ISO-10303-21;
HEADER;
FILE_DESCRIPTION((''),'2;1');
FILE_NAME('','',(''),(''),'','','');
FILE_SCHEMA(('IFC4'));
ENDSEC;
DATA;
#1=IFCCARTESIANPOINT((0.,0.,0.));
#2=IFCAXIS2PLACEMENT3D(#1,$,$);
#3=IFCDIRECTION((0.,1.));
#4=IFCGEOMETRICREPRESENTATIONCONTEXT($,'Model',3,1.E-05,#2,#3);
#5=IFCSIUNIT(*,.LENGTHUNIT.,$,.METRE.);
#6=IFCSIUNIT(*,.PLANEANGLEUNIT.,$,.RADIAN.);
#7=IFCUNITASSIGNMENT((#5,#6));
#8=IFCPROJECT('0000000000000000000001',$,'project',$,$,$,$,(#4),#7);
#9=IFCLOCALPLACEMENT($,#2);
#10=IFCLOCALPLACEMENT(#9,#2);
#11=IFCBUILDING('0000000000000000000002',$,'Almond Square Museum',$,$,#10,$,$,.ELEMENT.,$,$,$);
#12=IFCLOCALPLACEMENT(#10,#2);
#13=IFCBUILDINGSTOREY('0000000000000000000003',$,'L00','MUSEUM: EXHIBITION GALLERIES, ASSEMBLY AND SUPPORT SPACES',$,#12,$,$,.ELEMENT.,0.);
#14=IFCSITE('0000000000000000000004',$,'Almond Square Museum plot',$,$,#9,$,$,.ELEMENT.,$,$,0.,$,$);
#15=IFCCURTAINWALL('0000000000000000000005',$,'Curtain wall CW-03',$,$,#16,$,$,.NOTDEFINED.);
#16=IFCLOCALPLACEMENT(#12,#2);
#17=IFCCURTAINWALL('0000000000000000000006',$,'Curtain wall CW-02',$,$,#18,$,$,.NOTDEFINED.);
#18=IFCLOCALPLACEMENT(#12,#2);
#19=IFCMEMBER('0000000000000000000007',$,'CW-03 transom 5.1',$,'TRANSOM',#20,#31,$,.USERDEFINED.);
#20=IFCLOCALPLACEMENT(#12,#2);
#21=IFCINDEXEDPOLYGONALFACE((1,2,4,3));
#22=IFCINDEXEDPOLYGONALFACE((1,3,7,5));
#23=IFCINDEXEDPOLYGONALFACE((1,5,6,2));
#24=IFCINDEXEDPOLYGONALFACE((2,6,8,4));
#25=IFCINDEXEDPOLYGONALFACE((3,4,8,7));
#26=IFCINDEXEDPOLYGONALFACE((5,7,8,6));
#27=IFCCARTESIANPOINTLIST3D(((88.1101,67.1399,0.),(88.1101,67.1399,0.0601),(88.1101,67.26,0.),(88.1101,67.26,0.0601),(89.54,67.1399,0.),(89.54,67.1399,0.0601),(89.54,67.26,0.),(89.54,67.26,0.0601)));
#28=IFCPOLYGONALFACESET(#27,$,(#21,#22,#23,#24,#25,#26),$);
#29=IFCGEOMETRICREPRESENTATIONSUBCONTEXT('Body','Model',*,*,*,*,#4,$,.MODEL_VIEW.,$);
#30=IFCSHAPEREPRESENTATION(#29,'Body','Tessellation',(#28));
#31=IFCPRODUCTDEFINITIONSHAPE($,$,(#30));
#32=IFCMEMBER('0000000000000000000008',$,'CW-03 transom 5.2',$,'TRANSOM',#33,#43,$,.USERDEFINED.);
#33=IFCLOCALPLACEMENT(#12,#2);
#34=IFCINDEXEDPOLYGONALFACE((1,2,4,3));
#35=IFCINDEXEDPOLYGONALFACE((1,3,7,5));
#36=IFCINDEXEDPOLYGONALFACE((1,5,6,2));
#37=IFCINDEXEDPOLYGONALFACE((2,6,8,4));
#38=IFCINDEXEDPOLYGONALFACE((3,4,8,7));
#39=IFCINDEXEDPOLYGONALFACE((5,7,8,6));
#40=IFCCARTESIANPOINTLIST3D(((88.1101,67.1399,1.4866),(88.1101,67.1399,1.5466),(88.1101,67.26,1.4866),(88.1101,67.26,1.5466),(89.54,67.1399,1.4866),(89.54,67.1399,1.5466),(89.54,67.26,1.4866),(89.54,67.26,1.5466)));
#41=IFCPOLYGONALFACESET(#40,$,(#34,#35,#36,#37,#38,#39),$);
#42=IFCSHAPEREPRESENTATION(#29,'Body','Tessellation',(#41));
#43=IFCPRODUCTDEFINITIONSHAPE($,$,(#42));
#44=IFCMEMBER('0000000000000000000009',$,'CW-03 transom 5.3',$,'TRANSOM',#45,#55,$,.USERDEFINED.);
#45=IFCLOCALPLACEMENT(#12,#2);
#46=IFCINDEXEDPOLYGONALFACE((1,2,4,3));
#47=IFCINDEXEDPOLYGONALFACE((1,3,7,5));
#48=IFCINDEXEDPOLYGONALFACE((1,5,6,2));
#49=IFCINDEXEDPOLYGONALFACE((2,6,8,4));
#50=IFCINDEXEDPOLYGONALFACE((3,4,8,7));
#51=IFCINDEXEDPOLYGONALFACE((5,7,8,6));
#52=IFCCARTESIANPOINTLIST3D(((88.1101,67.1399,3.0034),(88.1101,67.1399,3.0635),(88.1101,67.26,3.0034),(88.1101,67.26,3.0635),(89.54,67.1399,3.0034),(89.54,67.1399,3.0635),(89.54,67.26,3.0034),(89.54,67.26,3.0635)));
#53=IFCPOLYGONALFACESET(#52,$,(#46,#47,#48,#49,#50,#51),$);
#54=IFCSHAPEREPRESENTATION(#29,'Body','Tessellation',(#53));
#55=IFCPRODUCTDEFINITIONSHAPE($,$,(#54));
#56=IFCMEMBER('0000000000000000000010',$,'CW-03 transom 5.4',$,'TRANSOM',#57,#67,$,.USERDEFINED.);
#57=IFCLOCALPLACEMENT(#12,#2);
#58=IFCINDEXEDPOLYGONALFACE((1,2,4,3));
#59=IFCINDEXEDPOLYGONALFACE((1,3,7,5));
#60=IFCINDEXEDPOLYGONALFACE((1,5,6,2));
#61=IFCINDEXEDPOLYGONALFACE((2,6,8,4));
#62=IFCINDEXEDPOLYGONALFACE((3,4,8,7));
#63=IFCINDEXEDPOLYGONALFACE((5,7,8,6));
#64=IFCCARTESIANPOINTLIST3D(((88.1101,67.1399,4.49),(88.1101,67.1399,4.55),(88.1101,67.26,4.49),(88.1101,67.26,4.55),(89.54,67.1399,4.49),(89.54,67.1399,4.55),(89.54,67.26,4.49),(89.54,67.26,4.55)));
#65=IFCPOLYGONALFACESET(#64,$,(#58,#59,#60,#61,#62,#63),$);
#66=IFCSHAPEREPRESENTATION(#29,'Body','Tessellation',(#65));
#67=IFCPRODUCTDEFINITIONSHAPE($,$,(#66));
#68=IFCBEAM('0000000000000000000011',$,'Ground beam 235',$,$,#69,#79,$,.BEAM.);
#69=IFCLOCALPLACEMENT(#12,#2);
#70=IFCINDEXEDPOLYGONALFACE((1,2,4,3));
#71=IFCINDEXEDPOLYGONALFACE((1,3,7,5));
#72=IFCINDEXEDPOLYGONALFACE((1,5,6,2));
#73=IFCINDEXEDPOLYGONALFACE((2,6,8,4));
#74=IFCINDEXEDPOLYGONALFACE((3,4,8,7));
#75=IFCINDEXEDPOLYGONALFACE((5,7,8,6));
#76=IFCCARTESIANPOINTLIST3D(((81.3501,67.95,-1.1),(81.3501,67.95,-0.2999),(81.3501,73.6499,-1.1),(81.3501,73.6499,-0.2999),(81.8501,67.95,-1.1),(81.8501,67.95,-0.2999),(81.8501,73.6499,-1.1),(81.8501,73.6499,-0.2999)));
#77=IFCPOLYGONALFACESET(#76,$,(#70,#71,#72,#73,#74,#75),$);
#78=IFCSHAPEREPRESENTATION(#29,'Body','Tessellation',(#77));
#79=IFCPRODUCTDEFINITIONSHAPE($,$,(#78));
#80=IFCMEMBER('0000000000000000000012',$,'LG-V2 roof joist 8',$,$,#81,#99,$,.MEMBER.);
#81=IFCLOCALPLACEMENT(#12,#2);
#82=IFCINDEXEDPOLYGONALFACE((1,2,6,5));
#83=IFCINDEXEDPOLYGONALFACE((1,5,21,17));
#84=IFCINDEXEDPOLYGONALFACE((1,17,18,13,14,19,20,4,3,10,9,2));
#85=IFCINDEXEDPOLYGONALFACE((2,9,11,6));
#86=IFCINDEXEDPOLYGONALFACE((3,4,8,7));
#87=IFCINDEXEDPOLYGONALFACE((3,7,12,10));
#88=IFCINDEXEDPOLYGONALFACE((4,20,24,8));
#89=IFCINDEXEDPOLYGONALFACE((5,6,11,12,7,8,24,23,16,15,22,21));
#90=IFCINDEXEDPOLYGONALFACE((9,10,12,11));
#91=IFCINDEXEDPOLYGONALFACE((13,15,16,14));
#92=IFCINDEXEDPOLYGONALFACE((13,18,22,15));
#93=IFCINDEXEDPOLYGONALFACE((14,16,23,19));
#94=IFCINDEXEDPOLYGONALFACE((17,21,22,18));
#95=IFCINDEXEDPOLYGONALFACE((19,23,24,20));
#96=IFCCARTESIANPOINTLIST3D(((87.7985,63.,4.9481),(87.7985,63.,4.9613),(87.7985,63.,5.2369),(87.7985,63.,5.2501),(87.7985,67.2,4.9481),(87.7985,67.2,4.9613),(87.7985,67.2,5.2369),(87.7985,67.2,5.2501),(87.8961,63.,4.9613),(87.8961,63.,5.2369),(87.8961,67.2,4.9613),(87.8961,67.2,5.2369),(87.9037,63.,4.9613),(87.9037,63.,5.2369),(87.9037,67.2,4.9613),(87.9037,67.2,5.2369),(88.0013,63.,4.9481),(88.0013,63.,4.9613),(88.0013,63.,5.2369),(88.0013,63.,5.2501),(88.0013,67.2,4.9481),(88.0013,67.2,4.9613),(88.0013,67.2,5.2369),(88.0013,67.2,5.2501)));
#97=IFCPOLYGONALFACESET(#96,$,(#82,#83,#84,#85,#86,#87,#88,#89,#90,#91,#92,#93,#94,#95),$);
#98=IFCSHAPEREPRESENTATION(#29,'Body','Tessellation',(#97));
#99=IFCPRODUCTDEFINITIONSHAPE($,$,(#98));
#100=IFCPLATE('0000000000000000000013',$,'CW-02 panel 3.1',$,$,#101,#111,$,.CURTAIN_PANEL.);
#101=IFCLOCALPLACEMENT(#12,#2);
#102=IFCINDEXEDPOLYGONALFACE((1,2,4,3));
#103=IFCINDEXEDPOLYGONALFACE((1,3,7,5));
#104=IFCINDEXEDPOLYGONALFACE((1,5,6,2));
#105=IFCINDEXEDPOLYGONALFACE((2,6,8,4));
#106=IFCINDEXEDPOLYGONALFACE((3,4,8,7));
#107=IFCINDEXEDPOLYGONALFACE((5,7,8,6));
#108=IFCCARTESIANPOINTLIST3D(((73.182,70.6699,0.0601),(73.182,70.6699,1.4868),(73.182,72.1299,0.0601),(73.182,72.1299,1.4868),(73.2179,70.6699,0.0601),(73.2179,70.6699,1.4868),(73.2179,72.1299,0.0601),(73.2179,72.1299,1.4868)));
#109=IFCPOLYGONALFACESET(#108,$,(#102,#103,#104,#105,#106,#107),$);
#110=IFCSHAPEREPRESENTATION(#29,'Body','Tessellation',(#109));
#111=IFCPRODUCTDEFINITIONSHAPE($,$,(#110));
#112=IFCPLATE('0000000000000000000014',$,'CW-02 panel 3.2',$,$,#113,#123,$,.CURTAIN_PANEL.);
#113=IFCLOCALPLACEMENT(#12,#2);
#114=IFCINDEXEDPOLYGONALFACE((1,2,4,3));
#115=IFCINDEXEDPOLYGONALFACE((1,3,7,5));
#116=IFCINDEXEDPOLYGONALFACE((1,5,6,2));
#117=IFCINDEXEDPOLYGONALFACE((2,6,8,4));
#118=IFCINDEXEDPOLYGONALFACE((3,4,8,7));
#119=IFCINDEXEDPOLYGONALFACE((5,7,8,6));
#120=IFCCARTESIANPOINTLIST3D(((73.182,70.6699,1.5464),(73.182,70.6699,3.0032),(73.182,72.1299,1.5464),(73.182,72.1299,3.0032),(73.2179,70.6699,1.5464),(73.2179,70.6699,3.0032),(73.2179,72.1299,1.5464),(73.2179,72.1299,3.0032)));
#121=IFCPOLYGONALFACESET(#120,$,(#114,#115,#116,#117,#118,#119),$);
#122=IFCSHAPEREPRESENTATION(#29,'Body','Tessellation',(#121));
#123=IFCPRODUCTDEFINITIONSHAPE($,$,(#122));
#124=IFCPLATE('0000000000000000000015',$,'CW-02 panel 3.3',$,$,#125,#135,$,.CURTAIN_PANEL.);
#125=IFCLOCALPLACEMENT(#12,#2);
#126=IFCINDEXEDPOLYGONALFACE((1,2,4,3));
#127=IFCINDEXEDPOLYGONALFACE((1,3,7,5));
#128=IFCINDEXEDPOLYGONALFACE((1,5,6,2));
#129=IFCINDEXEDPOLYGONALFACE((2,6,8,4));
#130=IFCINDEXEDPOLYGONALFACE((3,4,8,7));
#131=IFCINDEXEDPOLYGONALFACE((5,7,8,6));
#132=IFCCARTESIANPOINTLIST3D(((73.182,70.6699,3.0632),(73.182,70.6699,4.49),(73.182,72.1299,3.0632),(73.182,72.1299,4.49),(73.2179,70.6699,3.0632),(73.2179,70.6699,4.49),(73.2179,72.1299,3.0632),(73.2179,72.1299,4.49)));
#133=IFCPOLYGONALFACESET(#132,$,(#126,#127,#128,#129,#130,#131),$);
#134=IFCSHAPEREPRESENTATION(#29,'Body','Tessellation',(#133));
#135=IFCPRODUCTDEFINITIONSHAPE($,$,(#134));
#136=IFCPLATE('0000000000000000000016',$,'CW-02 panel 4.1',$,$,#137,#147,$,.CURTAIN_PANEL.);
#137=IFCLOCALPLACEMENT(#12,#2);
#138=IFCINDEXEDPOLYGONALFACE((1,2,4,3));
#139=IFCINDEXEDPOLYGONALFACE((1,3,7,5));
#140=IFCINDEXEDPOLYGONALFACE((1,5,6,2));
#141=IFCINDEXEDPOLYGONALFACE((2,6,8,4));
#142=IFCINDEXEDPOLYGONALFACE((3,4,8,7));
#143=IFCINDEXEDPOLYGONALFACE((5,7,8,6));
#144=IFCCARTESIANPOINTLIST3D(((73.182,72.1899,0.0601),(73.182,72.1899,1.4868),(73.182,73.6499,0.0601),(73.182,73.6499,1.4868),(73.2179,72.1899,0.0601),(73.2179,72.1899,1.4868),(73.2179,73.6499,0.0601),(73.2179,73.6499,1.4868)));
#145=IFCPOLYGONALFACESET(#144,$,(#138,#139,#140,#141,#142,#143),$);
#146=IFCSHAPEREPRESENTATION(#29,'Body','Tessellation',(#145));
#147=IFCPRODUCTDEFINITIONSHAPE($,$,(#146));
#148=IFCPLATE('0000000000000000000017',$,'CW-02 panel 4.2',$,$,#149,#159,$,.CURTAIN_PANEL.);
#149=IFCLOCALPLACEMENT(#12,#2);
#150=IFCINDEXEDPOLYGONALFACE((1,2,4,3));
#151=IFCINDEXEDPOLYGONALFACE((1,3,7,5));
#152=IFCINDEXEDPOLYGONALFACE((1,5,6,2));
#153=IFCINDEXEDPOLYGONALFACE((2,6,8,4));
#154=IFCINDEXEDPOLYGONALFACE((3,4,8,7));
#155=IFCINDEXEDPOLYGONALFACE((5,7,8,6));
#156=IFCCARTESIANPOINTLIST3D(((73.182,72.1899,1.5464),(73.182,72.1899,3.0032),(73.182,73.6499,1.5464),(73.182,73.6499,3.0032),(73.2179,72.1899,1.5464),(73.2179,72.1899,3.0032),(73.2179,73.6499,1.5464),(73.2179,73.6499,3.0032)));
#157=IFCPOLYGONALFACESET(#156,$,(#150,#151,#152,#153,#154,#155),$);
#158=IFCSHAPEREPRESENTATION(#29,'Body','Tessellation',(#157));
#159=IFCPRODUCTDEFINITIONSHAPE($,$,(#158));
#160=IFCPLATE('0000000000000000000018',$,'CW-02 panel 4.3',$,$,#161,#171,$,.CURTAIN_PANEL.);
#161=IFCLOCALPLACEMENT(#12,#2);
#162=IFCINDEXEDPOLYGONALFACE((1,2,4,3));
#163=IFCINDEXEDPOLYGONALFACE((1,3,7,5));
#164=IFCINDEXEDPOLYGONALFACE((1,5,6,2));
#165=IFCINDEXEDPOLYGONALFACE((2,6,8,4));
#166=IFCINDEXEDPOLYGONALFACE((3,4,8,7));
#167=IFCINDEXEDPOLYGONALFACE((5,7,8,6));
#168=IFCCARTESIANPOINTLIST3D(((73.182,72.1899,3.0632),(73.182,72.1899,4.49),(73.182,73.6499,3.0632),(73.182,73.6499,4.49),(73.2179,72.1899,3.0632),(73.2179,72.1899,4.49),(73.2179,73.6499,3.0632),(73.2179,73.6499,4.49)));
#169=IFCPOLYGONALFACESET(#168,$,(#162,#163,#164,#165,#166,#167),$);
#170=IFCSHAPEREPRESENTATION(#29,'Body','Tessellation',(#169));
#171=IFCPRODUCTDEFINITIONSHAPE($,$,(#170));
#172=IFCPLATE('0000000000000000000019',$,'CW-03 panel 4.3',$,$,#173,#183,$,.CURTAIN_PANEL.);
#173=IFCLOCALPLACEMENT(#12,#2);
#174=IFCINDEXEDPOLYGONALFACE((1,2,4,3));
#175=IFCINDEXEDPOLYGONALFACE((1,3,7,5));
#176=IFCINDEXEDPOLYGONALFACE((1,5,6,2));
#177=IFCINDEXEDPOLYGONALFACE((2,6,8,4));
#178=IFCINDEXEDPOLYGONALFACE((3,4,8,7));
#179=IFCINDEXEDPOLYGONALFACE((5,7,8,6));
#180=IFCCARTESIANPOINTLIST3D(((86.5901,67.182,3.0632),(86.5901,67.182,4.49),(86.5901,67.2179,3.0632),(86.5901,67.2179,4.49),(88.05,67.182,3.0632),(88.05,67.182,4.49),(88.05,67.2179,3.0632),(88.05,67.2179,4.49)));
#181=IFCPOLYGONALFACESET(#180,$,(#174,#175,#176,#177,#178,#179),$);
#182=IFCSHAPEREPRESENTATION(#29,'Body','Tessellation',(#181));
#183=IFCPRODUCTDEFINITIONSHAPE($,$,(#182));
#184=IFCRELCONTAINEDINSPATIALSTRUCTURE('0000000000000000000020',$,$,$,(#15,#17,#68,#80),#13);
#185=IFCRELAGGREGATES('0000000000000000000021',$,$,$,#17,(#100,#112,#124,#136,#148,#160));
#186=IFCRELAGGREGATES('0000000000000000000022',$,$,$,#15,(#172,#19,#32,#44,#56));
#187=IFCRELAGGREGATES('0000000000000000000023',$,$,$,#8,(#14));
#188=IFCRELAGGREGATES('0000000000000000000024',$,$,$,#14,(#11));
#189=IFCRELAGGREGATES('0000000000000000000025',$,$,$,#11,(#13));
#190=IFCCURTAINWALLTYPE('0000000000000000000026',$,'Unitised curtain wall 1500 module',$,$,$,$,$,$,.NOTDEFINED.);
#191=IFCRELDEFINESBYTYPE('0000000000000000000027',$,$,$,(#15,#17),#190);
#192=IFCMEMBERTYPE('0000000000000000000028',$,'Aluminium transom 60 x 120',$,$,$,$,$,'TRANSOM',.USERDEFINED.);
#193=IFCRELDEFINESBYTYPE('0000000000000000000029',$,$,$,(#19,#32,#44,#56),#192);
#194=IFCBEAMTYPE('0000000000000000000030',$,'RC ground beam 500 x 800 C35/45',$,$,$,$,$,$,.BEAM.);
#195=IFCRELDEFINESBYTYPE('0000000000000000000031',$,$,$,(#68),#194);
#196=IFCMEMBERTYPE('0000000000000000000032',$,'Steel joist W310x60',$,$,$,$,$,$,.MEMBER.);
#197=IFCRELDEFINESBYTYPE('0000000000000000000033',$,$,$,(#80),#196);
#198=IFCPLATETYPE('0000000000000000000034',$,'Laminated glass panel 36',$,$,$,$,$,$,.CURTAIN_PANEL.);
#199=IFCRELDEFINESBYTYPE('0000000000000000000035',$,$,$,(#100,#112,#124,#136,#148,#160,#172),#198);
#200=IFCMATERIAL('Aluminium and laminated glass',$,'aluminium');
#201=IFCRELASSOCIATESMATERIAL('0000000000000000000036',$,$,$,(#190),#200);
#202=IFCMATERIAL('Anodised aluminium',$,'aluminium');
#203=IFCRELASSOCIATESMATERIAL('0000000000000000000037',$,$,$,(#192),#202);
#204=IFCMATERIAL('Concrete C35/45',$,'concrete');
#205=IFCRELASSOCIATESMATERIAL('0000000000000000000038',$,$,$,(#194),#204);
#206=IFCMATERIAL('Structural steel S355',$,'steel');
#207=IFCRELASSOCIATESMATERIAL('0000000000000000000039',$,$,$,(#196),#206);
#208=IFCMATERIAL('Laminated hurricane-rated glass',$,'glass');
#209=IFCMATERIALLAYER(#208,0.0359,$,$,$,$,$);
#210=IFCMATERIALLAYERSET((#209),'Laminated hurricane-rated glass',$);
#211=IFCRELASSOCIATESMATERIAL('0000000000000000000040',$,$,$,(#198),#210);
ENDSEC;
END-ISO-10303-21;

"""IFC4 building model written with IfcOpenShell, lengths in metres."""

from ifc_helpers import new_model, si_unit, direction, frame, origin, origin_2d, place, context, subcontext, project, spatial, rectangle, i_section, extrude, material, layer, layer_set, material_profile, profile_set, type_object, element, aggregate, save


model = new_model("IFC4")

# Units and contexts
model_context = context("Model", 3, precision=1e-05, world=origin(), true_north=direction((0.0, 1.0)))
body_context = subcontext(model_context, "Body", "Model", "MODEL_VIEW")
ifc_project = project(units=[si_unit("LENGTHUNIT", "METRE"), si_unit("PLANEANGLEUNIT", "RADIAN")], contexts=[model_context])

# Site, building, storey
site_placement = place(None, origin())
site = spatial("IfcSite", under=ifc_project, at=site_placement, Name="Almond Square Museum plot", CompositionType="ELEMENT", RefElevation=0.0)
building_placement = place(site_placement, origin())
building = spatial("IfcBuilding", under=site, at=building_placement, Name="Almond Square Museum", CompositionType="ELEMENT")
storey_placement = place(building_placement, origin())
storey = spatial("IfcBuildingStorey", under=building, at=storey_placement, Name="L00", Description="MUSEUM: EXHIBITION GALLERIES, ASSEMBLY AND SUPPORT SPACES", CompositionType="ELEMENT", Elevation=0.0)

# Curtain wall
ifc_material_1 = material(Name="Aluminium and laminated glass", Category="aluminium")
curtain_wall_type = type_object("IfcCurtainWallType", Name="Unitised curtain wall 1500 module", PredefinedType="NOTDEFINED", material=ifc_material_1)
curtain_wall_1_placement = place(storey_placement, origin())
curtain_wall_1 = element("IfcCurtainWall", 1, at=curtain_wall_1_placement, inside=storey, type_object=curtain_wall_type, Name="Curtain wall CW-03", PredefinedType="NOTDEFINED")

# Curtain wall
curtain_wall_2_placement = place(storey_placement, origin())
curtain_wall_2 = element("IfcCurtainWall", 2, at=curtain_wall_2_placement, inside=storey, type_object=curtain_wall_type, Name="Curtain wall CW-02", PredefinedType="NOTDEFINED")
ifc_material_2 = material(Name="Anodised aluminium", Category="aluminium")
ifc_material_profile_1 = material_profile(ifc_material_2, rectangle(XDim=0.1201, YDim=0.0601, at=origin_2d()))
ifc_profile_set_1 = profile_set([ifc_material_profile_1], Name="Anodised aluminium")
member_type_1 = type_object("IfcMemberType", Name="Aluminium transom 60 x 120", ElementType="TRANSOM", PredefinedType="USERDEFINED", material=ifc_profile_set_1)

# Members
member_1_placement = place(storey_placement, frame((88.1101, 67.2, 0.03), z_axis=(1.0, 0.0, 0.0), x_axis=(0.0, 1.0, 0.0)))
member_1 = element("IfcMember", 3, at=member_1_placement, type_object=member_type_1, Name="CW-03 transom 5.1", ObjectType="TRANSOM", PredefinedType="USERDEFINED", context=body_context, shape_type="SweptSolid", body=[
    extrude(rectangle(XDim=0.1201, YDim=0.0601, at=origin_2d()), origin(), (0.0, 0.0, 1.0), 1.4299),
])
member_2_placement = place(storey_placement, frame((88.1101, 67.2, 1.5166), z_axis=(1.0, 0.0, 0.0), x_axis=(0.0, 1.0, 0.0)))
member_2 = element("IfcMember", 4, at=member_2_placement, type_object=member_type_1, Name="CW-03 transom 5.2", ObjectType="TRANSOM", PredefinedType="USERDEFINED", context=body_context, shape_type="SweptSolid", body=[
    extrude(rectangle(XDim=0.1201, YDim=0.0601, at=origin_2d()), origin(), (0.0, 0.0, 1.0), 1.4299),
])
member_3_placement = place(storey_placement, frame((88.1101, 67.2, 3.0334), z_axis=(1.0, 0.0, 0.0), x_axis=(0.0, 1.0, 0.0)))
member_3 = element("IfcMember", 5, at=member_3_placement, type_object=member_type_1, Name="CW-03 transom 5.3", ObjectType="TRANSOM", PredefinedType="USERDEFINED", context=body_context, shape_type="SweptSolid", body=[
    extrude(rectangle(XDim=0.1201, YDim=0.0601, at=origin_2d()), origin(), (0.0, 0.0, 1.0), 1.4299),
])
member_4_placement = place(storey_placement, frame((88.1101, 67.2, 4.52), z_axis=(1.0, 0.0, 0.0), x_axis=(0.0, 1.0, 0.0)))
member_4 = element("IfcMember", 6, at=member_4_placement, type_object=member_type_1, Name="CW-03 transom 5.4", ObjectType="TRANSOM", PredefinedType="USERDEFINED", context=body_context, shape_type="SweptSolid", body=[
    extrude(rectangle(XDim=0.1201, YDim=0.0601, at=origin_2d()), origin(), (0.0, 0.0, 1.0), 1.4299),
])

# Beam
ifc_material_3 = material(Name="Concrete C35/45", Category="concrete")
ifc_material_profile_2 = material_profile(ifc_material_3, rectangle(XDim=0.5, YDim=0.8, at=origin_2d()))
ifc_profile_set_2 = profile_set([ifc_material_profile_2], Name="Concrete C35/45")
beam_type = type_object("IfcBeamType", Name="RC ground beam 500 x 800 C35/45", PredefinedType="BEAM", material=ifc_profile_set_2)
beam_placement = place(storey_placement, frame((81.6001, 67.95, -0.7), z_axis=(0.0, 1.0, 0.0), x_axis=(-1.0, 0.0, 0.0)))
element("IfcBeam", 7, at=beam_placement, inside=storey, type_object=beam_type, Name="Ground beam 235", PredefinedType="BEAM", context=body_context, shape_type="SweptSolid", body=[
    extrude(rectangle(XDim=0.5, YDim=0.8, at=origin_2d()), origin(), (0.0, 0.0, 1.0), 5.7),
])

# Member
ifc_material_4 = material(Name="Structural steel S355", Category="steel")
ifc_material_profile_3 = material_profile(ifc_material_4, i_section(OverallWidth=0.2029, OverallDepth=0.302, WebThickness=0.0076, FlangeThickness=0.0132, at=origin_2d()))
ifc_profile_set_3 = profile_set([ifc_material_profile_3], Name="Structural steel S355")
member_type_2 = type_object("IfcMemberType", Name="Steel joist W310x60", PredefinedType="MEMBER", material=ifc_profile_set_3)
member_5_placement = place(storey_placement, frame((87.8999, 67.2, 5.0991), z_axis=(0.0, -1.0, 0.0), x_axis=(1.0, 0.0, 0.0)))
element("IfcMember", 8, at=member_5_placement, inside=storey, type_object=member_type_2, Name="LG-V2 roof joist 8", PredefinedType="MEMBER", context=body_context, shape_type="SweptSolid", body=[
    extrude(i_section(OverallWidth=0.2029, OverallDepth=0.302, WebThickness=0.0076, FlangeThickness=0.0132, at=origin_2d()), origin(), (0.0, 0.0, 1.0), 4.2),
])

# Plates
ifc_material_5 = material(Name="Laminated hurricane-rated glass", Category="glass")
ifc_layer_1 = layer(ifc_material_5, 0.0359)
ifc_layer_set_1 = layer_set([ifc_layer_1], Name="Laminated hurricane-rated glass")
plate_type = type_object("IfcPlateType", Name="Laminated glass panel 36", PredefinedType="CURTAIN_PANEL", material=ifc_layer_set_1)
plate_1_placement = place(storey_placement, frame((73.2, 71.3999, 0.0601), z_axis=(0.0, 0.0, 1.0), x_axis=(0.0, 1.0, 0.0)))
plate_1 = element("IfcPlate", 9, at=plate_1_placement, type_object=plate_type, Name="CW-02 panel 3.1", PredefinedType="CURTAIN_PANEL", context=body_context, shape_type="SweptSolid", body=[
    extrude(rectangle(XDim=1.46, YDim=0.0359, at=origin_2d()), origin(), (0.0, 0.0, 1.0), 1.4268),
])
plate_2_placement = place(storey_placement, frame((73.2, 71.3999, 1.5464), z_axis=(0.0, 0.0, 1.0), x_axis=(0.0, 1.0, 0.0)))
plate_2 = element("IfcPlate", 10, at=plate_2_placement, type_object=plate_type, Name="CW-02 panel 3.2", PredefinedType="CURTAIN_PANEL", context=body_context, shape_type="SweptSolid", body=[
    extrude(rectangle(XDim=1.46, YDim=0.0359, at=origin_2d()), origin(), (0.0, 0.0, 1.0), 1.4568),
])
plate_3_placement = place(storey_placement, frame((73.2, 71.3999, 3.0632), z_axis=(0.0, 0.0, 1.0), x_axis=(0.0, 1.0, 0.0)))
plate_3 = element("IfcPlate", 11, at=plate_3_placement, type_object=plate_type, Name="CW-02 panel 3.3", PredefinedType="CURTAIN_PANEL", context=body_context, shape_type="SweptSolid", body=[
    extrude(rectangle(XDim=1.46, YDim=0.0359, at=origin_2d()), origin(), (0.0, 0.0, 1.0), 1.4268),
])
plate_4_placement = place(storey_placement, frame((73.2, 72.9199, 0.0601), z_axis=(0.0, 0.0, 1.0), x_axis=(0.0, 1.0, 0.0)))
plate_4 = element("IfcPlate", 12, at=plate_4_placement, type_object=plate_type, Name="CW-02 panel 4.1", PredefinedType="CURTAIN_PANEL", context=body_context, shape_type="SweptSolid", body=[
    extrude(rectangle(XDim=1.46, YDim=0.0359, at=origin_2d()), origin(), (0.0, 0.0, 1.0), 1.4268),
])
plate_5_placement = place(storey_placement, frame((73.2, 72.9199, 1.5464), z_axis=(0.0, 0.0, 1.0), x_axis=(0.0, 1.0, 0.0)))
plate_5 = element("IfcPlate", 13, at=plate_5_placement, type_object=plate_type, Name="CW-02 panel 4.2", PredefinedType="CURTAIN_PANEL", context=body_context, shape_type="SweptSolid", body=[
    extrude(rectangle(XDim=1.46, YDim=0.0359, at=origin_2d()), origin(), (0.0, 0.0, 1.0), 1.4568),
])
plate_6_placement = place(storey_placement, frame((73.2, 72.9199, 3.0632), z_axis=(0.0, 0.0, 1.0), x_axis=(0.0, 1.0, 0.0)))
plate_6 = element("IfcPlate", 14, at=plate_6_placement, type_object=plate_type, Name="CW-02 panel 4.3", PredefinedType="CURTAIN_PANEL", context=body_context, shape_type="SweptSolid", body=[
    extrude(rectangle(XDim=1.46, YDim=0.0359, at=origin_2d()), origin(), (0.0, 0.0, 1.0), 1.4268),
])
aggregate(curtain_wall_2, [plate_1, plate_2, plate_3, plate_4, plate_5, plate_6])
plate_7_placement = place(storey_placement, frame((87.3201, 67.2, 3.0632), z_axis=(0.0, 0.0, 1.0), x_axis=(1.0, 0.0, 0.0)))
plate_7 = element("IfcPlate", 15, at=plate_7_placement, type_object=plate_type, Name="CW-03 panel 4.3", PredefinedType="CURTAIN_PANEL", context=body_context, shape_type="SweptSolid", body=[
    extrude(rectangle(XDim=1.46, YDim=0.0359, at=origin_2d()), origin(), (0.0, 0.0, 1.0), 1.4268),
])
aggregate(curtain_wall_1, [plate_7, member_1, member_2, member_3, member_4])

save(model, "model.ifc")
